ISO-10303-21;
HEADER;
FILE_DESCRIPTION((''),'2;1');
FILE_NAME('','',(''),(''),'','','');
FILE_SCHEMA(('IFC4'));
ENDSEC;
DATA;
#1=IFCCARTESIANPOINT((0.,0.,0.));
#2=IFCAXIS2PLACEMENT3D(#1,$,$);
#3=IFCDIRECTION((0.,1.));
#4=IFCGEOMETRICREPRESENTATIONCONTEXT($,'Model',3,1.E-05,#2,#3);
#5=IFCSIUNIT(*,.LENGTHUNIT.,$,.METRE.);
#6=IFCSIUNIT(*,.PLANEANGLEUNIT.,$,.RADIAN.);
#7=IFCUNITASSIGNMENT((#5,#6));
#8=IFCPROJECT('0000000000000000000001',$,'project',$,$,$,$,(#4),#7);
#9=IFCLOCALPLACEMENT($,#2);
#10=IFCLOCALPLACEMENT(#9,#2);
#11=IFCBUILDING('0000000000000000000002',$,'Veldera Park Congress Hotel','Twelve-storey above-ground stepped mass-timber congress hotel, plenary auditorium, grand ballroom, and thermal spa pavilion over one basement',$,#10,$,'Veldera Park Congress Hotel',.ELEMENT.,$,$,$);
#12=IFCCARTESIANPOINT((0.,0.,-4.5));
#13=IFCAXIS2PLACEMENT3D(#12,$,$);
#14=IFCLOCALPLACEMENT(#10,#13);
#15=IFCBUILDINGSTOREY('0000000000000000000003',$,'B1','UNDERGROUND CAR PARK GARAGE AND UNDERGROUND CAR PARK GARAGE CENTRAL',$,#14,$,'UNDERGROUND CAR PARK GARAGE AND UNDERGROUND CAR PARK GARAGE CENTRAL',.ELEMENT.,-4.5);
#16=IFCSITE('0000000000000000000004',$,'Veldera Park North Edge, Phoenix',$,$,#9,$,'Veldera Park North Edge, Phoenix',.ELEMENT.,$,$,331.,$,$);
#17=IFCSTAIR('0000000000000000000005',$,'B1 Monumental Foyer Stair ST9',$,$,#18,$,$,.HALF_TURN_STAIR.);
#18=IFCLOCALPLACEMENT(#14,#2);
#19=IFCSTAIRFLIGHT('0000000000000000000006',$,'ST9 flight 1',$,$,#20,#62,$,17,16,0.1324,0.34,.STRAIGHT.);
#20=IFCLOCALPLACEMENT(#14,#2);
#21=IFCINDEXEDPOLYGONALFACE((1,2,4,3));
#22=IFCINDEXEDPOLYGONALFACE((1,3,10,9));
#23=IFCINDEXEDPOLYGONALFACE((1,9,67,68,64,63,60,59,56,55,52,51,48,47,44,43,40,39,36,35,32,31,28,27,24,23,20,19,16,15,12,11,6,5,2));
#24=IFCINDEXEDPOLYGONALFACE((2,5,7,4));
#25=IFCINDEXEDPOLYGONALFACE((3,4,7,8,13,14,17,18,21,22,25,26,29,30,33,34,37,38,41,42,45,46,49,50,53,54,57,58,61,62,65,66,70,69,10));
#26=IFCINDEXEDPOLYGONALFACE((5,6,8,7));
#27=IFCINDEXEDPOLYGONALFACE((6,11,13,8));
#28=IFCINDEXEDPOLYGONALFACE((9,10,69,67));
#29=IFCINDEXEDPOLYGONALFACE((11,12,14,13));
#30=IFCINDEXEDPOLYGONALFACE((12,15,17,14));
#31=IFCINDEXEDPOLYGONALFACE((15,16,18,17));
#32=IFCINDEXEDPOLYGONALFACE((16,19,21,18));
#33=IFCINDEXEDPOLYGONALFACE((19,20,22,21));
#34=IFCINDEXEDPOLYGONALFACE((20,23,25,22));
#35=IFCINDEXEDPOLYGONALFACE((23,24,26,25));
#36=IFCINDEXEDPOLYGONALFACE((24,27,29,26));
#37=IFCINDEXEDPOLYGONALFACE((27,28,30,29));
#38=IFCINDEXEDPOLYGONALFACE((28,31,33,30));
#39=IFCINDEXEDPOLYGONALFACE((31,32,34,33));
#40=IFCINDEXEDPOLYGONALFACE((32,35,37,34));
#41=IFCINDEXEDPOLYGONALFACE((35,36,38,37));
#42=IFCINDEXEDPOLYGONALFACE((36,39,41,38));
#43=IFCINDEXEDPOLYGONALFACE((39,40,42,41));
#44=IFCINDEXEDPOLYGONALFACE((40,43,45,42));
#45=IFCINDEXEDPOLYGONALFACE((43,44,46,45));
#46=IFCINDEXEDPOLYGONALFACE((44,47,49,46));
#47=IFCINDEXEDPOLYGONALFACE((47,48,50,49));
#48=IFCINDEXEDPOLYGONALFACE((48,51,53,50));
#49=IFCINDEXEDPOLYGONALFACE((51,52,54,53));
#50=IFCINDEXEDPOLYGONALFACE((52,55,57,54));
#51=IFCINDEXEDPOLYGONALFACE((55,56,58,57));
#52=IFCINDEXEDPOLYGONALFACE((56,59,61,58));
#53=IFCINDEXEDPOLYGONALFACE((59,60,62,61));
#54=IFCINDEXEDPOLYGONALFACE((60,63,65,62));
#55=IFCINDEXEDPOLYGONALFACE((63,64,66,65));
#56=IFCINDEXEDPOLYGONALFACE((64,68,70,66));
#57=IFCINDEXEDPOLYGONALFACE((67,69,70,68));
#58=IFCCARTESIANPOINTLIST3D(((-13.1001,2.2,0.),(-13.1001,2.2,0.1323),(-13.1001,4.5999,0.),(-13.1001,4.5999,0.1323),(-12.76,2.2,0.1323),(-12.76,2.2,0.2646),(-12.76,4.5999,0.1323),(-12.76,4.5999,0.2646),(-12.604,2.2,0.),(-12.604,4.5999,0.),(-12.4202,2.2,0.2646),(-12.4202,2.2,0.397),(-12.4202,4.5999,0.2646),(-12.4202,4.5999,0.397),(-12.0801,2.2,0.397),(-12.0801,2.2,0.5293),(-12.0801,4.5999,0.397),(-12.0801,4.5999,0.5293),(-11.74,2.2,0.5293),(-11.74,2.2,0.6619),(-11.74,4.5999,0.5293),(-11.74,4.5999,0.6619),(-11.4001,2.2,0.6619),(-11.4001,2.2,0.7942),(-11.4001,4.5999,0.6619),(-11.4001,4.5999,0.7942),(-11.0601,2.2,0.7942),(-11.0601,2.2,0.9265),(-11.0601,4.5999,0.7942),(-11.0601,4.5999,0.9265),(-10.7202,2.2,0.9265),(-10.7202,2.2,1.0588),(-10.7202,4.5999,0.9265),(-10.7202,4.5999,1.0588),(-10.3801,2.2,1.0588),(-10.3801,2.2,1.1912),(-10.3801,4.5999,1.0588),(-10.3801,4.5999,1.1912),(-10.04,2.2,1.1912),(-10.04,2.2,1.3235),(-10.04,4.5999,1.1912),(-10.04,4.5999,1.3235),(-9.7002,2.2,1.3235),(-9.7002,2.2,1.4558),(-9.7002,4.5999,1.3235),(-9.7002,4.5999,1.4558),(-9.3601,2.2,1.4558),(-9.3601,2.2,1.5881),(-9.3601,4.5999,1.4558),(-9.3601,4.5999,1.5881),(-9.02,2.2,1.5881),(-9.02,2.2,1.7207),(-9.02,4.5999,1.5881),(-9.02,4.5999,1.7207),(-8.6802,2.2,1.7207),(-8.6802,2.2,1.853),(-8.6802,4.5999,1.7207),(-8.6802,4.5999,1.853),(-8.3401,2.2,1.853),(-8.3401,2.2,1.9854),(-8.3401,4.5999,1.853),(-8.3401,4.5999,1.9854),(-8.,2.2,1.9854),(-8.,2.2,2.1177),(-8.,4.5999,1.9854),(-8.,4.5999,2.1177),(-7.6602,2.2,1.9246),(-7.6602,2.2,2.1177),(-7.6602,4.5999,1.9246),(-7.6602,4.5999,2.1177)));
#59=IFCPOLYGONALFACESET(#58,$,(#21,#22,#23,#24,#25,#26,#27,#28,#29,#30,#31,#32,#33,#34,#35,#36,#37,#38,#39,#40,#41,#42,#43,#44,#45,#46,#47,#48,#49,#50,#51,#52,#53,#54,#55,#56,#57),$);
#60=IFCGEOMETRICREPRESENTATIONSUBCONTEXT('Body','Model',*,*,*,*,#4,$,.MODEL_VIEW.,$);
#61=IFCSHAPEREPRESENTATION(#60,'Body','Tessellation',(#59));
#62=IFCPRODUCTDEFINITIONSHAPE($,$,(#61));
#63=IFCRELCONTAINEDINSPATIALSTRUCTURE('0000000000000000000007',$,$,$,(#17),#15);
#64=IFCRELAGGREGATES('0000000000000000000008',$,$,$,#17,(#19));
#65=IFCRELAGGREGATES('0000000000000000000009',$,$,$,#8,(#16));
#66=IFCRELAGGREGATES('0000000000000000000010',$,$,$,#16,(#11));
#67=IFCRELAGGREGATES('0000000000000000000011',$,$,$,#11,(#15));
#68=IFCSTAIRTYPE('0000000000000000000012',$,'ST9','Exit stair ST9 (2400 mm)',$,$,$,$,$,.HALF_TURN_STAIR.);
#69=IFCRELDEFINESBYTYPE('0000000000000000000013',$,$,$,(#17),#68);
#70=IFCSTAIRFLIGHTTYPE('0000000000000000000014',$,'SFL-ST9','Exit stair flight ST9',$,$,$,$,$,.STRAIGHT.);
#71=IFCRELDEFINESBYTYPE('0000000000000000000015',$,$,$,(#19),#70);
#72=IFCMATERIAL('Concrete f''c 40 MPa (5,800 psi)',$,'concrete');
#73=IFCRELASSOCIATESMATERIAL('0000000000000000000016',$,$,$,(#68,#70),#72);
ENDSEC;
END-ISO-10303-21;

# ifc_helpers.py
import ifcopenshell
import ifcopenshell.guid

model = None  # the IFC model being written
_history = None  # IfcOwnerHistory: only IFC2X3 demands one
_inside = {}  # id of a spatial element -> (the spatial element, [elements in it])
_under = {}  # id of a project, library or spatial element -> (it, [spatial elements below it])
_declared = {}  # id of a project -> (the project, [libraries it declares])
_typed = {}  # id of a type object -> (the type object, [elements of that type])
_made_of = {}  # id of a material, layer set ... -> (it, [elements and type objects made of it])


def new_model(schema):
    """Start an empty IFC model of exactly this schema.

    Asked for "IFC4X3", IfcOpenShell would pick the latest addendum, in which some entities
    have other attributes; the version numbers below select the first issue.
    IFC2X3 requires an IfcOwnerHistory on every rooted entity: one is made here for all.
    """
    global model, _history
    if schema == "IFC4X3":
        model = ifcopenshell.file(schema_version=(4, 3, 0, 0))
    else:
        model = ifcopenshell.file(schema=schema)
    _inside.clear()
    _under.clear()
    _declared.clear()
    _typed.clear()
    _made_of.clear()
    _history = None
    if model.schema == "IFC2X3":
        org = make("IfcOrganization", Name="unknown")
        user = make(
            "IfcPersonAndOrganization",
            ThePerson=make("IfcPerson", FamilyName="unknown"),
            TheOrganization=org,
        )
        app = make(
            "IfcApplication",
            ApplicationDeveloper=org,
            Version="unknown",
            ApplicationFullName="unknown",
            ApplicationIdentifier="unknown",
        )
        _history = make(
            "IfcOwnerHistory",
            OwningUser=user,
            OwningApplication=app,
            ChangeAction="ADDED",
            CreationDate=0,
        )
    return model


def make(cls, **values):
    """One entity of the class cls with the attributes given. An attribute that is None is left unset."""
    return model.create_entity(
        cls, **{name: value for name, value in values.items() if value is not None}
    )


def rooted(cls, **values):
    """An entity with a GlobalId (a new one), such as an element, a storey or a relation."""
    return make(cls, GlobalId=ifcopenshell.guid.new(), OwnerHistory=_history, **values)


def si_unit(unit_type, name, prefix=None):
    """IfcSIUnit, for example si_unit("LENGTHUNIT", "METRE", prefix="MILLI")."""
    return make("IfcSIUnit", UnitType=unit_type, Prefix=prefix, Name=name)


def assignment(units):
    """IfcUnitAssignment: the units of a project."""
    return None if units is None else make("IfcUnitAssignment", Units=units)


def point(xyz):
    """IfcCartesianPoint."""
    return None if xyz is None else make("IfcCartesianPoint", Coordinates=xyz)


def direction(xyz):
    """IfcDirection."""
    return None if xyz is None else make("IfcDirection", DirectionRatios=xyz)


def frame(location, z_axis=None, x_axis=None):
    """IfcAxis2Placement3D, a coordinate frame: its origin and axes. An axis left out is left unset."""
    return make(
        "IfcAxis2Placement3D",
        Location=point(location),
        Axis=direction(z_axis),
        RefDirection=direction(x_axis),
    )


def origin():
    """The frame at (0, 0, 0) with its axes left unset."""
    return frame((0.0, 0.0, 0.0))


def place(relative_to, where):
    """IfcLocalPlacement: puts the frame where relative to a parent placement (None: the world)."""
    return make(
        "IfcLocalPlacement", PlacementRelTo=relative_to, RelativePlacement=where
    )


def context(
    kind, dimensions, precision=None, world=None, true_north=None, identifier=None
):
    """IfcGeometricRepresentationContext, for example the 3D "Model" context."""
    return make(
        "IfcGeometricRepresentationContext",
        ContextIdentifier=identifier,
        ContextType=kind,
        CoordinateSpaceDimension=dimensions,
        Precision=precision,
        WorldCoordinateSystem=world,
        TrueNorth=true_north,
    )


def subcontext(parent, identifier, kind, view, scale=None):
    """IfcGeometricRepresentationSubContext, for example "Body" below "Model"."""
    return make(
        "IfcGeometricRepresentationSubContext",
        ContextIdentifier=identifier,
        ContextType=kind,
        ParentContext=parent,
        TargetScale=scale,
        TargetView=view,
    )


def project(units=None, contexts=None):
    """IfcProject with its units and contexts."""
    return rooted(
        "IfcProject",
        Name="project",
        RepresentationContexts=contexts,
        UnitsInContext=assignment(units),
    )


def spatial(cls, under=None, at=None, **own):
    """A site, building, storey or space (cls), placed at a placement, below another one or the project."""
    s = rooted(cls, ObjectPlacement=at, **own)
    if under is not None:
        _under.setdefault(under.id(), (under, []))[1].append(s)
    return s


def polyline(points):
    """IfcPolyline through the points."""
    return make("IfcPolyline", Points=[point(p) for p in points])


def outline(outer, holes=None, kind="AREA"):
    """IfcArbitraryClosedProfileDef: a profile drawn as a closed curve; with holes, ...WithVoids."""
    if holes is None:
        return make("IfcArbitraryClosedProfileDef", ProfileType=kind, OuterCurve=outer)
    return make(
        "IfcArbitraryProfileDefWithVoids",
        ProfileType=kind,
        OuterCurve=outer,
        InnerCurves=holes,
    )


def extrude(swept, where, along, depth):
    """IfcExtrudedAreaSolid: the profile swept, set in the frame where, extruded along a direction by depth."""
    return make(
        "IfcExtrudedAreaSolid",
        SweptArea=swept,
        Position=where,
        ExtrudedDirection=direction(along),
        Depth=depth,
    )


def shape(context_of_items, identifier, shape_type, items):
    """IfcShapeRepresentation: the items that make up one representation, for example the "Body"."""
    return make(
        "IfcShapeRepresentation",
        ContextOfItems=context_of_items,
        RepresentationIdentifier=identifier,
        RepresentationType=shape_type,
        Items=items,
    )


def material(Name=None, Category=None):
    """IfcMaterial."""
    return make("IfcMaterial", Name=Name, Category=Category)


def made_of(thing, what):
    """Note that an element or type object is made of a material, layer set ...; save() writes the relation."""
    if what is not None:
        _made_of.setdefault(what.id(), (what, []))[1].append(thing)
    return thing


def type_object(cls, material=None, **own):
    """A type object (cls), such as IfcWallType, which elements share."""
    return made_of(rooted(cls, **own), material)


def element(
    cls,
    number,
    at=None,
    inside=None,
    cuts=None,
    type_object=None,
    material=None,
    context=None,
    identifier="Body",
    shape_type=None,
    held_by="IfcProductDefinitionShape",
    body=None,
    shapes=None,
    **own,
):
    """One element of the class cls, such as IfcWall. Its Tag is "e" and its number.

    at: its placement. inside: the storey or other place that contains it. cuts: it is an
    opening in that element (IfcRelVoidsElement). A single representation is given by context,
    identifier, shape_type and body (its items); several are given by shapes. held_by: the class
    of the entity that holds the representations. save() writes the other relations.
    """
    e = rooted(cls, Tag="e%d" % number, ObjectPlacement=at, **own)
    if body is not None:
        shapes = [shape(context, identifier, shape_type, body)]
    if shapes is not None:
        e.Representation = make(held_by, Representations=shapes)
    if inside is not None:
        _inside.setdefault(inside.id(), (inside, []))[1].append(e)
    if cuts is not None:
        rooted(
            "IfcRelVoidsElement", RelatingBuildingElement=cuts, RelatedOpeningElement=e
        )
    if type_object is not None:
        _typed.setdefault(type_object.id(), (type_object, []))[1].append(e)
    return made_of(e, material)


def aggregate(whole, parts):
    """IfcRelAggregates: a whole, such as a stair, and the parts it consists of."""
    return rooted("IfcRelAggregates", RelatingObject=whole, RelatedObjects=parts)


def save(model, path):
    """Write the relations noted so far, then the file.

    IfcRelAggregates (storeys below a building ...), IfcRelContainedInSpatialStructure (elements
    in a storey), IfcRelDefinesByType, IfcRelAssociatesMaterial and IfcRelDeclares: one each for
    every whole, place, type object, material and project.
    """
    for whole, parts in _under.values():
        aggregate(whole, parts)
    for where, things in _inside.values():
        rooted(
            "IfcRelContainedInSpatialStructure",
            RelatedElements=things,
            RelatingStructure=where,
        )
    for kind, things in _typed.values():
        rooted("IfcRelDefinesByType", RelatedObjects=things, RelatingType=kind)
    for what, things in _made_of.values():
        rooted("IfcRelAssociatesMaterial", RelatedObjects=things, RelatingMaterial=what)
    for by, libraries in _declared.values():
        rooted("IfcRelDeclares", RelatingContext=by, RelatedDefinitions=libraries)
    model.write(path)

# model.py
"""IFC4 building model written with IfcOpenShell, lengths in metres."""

from ifc_helpers import new_model, si_unit, direction, frame, origin, place, context, subcontext, project, spatial, polyline, outline, extrude, material, type_object, element, aggregate, save


model = new_model("IFC4")

# Units and contexts
model_context = context("Model", 3, precision=1e-05, world=origin(), true_north=direction((0.0, 1.0)))
body_context = subcontext(model_context, "Body", "Model", "MODEL_VIEW")
ifc_project = project(units=[si_unit("LENGTHUNIT", "METRE"), si_unit("PLANEANGLEUNIT", "RADIAN")], contexts=[model_context])

# Site, building, storey
site_placement = place(None, origin())
site = spatial("IfcSite", under=ifc_project, at=site_placement, Name="Veldera Park North Edge, Phoenix", LongName="Veldera Park North Edge, Phoenix", CompositionType="ELEMENT", RefElevation=331.0)
building_placement = place(site_placement, origin())
building = spatial("IfcBuilding", under=site, at=building_placement, Name="Veldera Park Congress Hotel", Description="Twelve-storey above-ground stepped mass-timber congress hotel, plenary auditorium, grand ballroom, and thermal spa pavilion over one basement", LongName="Veldera Park Congress Hotel", CompositionType="ELEMENT")
storey_placement = place(building_placement, frame((0.0, 0.0, -4.5)))
storey = spatial("IfcBuildingStorey", under=building, at=storey_placement, Name="B1", Description="UNDERGROUND CAR PARK GARAGE AND UNDERGROUND CAR PARK GARAGE CENTRAL", LongName="UNDERGROUND CAR PARK GARAGE AND UNDERGROUND CAR PARK GARAGE CENTRAL", CompositionType="ELEMENT", Elevation=-4.5)

# Shared definitions
ifc_material_1 = material(Name="Concrete f'c 40 MPa (5,800 psi)", Category="concrete")

# Stair, stair flight
stair_type = type_object("IfcStairType", Name="ST9", Description="Exit stair ST9 (2400 mm)", PredefinedType="HALF_TURN_STAIR", material=ifc_material_1)
stair_placement = place(storey_placement, origin())
stair = element("IfcStair", 1, at=stair_placement, inside=storey, type_object=stair_type, Name="B1 Monumental Foyer Stair ST9", PredefinedType="HALF_TURN_STAIR")
stair_flight_type = type_object("IfcStairFlightType", Name="SFL-ST9", Description="Exit stair flight ST9", PredefinedType="STRAIGHT", material=ifc_material_1)
stair_flight_placement = place(storey_placement, frame((-13.1001, 3.3999, 0.0), z_axis=(0.0, 0.0, 1.0), x_axis=(1.0, 0.0, 0.0)))
stair_flight = element("IfcStairFlight", 2, at=stair_flight_placement, type_object=stair_flight_type, Name="ST9 flight 1", NumberOfRisers=17, NumberOfTreads=16, PredefinedType="STRAIGHT", RiserHeight=0.1324, TreadLength=0.34, context=body_context, shape_type="SweptSolid", body=[
    extrude(outline(polyline([(0.0, 0.0), (0.0, 0.1323), (0.3401, 0.1323), (0.3401, 0.2646), (0.6799, 0.2646), (0.6799, 0.397), (1.02, 0.397), (1.02, 0.5293), (1.3601, 0.5293), (1.3601, 0.6619), (1.7, 0.6619), (1.7, 0.7942), (2.04, 0.7942), (2.04, 0.9265), (2.3799, 0.9265), (2.3799, 1.0588), (2.72, 1.0588), (2.72, 1.1912), (3.0601, 1.1912), (3.0601, 1.3235), (3.3999, 1.3235), (3.3999, 1.4558), (3.74, 1.4558), (3.74, 1.5881), (4.0801, 1.5881), (4.0801, 1.7207), (4.4199, 1.7207), (4.4199, 1.853), (4.76, 1.853), (4.76, 1.9854), (5.1001, 1.9854), (5.1001, 2.1177), (5.4399, 2.1177), (5.4399, 2.25), (5.4399, 2.25), (5.4399, 1.9246), (0.4961, 0.0), (0.0, 0.0)])), frame((0.0, 1.2, 0.0), z_axis=(0.0, -1.0, 0.0), x_axis=(1.0, 0.0, 0.0)), (0.0, 0.0, 1.0), 2.3999),
])
aggregate(stair, [stair_flight])

save(model, "model.ifc")
